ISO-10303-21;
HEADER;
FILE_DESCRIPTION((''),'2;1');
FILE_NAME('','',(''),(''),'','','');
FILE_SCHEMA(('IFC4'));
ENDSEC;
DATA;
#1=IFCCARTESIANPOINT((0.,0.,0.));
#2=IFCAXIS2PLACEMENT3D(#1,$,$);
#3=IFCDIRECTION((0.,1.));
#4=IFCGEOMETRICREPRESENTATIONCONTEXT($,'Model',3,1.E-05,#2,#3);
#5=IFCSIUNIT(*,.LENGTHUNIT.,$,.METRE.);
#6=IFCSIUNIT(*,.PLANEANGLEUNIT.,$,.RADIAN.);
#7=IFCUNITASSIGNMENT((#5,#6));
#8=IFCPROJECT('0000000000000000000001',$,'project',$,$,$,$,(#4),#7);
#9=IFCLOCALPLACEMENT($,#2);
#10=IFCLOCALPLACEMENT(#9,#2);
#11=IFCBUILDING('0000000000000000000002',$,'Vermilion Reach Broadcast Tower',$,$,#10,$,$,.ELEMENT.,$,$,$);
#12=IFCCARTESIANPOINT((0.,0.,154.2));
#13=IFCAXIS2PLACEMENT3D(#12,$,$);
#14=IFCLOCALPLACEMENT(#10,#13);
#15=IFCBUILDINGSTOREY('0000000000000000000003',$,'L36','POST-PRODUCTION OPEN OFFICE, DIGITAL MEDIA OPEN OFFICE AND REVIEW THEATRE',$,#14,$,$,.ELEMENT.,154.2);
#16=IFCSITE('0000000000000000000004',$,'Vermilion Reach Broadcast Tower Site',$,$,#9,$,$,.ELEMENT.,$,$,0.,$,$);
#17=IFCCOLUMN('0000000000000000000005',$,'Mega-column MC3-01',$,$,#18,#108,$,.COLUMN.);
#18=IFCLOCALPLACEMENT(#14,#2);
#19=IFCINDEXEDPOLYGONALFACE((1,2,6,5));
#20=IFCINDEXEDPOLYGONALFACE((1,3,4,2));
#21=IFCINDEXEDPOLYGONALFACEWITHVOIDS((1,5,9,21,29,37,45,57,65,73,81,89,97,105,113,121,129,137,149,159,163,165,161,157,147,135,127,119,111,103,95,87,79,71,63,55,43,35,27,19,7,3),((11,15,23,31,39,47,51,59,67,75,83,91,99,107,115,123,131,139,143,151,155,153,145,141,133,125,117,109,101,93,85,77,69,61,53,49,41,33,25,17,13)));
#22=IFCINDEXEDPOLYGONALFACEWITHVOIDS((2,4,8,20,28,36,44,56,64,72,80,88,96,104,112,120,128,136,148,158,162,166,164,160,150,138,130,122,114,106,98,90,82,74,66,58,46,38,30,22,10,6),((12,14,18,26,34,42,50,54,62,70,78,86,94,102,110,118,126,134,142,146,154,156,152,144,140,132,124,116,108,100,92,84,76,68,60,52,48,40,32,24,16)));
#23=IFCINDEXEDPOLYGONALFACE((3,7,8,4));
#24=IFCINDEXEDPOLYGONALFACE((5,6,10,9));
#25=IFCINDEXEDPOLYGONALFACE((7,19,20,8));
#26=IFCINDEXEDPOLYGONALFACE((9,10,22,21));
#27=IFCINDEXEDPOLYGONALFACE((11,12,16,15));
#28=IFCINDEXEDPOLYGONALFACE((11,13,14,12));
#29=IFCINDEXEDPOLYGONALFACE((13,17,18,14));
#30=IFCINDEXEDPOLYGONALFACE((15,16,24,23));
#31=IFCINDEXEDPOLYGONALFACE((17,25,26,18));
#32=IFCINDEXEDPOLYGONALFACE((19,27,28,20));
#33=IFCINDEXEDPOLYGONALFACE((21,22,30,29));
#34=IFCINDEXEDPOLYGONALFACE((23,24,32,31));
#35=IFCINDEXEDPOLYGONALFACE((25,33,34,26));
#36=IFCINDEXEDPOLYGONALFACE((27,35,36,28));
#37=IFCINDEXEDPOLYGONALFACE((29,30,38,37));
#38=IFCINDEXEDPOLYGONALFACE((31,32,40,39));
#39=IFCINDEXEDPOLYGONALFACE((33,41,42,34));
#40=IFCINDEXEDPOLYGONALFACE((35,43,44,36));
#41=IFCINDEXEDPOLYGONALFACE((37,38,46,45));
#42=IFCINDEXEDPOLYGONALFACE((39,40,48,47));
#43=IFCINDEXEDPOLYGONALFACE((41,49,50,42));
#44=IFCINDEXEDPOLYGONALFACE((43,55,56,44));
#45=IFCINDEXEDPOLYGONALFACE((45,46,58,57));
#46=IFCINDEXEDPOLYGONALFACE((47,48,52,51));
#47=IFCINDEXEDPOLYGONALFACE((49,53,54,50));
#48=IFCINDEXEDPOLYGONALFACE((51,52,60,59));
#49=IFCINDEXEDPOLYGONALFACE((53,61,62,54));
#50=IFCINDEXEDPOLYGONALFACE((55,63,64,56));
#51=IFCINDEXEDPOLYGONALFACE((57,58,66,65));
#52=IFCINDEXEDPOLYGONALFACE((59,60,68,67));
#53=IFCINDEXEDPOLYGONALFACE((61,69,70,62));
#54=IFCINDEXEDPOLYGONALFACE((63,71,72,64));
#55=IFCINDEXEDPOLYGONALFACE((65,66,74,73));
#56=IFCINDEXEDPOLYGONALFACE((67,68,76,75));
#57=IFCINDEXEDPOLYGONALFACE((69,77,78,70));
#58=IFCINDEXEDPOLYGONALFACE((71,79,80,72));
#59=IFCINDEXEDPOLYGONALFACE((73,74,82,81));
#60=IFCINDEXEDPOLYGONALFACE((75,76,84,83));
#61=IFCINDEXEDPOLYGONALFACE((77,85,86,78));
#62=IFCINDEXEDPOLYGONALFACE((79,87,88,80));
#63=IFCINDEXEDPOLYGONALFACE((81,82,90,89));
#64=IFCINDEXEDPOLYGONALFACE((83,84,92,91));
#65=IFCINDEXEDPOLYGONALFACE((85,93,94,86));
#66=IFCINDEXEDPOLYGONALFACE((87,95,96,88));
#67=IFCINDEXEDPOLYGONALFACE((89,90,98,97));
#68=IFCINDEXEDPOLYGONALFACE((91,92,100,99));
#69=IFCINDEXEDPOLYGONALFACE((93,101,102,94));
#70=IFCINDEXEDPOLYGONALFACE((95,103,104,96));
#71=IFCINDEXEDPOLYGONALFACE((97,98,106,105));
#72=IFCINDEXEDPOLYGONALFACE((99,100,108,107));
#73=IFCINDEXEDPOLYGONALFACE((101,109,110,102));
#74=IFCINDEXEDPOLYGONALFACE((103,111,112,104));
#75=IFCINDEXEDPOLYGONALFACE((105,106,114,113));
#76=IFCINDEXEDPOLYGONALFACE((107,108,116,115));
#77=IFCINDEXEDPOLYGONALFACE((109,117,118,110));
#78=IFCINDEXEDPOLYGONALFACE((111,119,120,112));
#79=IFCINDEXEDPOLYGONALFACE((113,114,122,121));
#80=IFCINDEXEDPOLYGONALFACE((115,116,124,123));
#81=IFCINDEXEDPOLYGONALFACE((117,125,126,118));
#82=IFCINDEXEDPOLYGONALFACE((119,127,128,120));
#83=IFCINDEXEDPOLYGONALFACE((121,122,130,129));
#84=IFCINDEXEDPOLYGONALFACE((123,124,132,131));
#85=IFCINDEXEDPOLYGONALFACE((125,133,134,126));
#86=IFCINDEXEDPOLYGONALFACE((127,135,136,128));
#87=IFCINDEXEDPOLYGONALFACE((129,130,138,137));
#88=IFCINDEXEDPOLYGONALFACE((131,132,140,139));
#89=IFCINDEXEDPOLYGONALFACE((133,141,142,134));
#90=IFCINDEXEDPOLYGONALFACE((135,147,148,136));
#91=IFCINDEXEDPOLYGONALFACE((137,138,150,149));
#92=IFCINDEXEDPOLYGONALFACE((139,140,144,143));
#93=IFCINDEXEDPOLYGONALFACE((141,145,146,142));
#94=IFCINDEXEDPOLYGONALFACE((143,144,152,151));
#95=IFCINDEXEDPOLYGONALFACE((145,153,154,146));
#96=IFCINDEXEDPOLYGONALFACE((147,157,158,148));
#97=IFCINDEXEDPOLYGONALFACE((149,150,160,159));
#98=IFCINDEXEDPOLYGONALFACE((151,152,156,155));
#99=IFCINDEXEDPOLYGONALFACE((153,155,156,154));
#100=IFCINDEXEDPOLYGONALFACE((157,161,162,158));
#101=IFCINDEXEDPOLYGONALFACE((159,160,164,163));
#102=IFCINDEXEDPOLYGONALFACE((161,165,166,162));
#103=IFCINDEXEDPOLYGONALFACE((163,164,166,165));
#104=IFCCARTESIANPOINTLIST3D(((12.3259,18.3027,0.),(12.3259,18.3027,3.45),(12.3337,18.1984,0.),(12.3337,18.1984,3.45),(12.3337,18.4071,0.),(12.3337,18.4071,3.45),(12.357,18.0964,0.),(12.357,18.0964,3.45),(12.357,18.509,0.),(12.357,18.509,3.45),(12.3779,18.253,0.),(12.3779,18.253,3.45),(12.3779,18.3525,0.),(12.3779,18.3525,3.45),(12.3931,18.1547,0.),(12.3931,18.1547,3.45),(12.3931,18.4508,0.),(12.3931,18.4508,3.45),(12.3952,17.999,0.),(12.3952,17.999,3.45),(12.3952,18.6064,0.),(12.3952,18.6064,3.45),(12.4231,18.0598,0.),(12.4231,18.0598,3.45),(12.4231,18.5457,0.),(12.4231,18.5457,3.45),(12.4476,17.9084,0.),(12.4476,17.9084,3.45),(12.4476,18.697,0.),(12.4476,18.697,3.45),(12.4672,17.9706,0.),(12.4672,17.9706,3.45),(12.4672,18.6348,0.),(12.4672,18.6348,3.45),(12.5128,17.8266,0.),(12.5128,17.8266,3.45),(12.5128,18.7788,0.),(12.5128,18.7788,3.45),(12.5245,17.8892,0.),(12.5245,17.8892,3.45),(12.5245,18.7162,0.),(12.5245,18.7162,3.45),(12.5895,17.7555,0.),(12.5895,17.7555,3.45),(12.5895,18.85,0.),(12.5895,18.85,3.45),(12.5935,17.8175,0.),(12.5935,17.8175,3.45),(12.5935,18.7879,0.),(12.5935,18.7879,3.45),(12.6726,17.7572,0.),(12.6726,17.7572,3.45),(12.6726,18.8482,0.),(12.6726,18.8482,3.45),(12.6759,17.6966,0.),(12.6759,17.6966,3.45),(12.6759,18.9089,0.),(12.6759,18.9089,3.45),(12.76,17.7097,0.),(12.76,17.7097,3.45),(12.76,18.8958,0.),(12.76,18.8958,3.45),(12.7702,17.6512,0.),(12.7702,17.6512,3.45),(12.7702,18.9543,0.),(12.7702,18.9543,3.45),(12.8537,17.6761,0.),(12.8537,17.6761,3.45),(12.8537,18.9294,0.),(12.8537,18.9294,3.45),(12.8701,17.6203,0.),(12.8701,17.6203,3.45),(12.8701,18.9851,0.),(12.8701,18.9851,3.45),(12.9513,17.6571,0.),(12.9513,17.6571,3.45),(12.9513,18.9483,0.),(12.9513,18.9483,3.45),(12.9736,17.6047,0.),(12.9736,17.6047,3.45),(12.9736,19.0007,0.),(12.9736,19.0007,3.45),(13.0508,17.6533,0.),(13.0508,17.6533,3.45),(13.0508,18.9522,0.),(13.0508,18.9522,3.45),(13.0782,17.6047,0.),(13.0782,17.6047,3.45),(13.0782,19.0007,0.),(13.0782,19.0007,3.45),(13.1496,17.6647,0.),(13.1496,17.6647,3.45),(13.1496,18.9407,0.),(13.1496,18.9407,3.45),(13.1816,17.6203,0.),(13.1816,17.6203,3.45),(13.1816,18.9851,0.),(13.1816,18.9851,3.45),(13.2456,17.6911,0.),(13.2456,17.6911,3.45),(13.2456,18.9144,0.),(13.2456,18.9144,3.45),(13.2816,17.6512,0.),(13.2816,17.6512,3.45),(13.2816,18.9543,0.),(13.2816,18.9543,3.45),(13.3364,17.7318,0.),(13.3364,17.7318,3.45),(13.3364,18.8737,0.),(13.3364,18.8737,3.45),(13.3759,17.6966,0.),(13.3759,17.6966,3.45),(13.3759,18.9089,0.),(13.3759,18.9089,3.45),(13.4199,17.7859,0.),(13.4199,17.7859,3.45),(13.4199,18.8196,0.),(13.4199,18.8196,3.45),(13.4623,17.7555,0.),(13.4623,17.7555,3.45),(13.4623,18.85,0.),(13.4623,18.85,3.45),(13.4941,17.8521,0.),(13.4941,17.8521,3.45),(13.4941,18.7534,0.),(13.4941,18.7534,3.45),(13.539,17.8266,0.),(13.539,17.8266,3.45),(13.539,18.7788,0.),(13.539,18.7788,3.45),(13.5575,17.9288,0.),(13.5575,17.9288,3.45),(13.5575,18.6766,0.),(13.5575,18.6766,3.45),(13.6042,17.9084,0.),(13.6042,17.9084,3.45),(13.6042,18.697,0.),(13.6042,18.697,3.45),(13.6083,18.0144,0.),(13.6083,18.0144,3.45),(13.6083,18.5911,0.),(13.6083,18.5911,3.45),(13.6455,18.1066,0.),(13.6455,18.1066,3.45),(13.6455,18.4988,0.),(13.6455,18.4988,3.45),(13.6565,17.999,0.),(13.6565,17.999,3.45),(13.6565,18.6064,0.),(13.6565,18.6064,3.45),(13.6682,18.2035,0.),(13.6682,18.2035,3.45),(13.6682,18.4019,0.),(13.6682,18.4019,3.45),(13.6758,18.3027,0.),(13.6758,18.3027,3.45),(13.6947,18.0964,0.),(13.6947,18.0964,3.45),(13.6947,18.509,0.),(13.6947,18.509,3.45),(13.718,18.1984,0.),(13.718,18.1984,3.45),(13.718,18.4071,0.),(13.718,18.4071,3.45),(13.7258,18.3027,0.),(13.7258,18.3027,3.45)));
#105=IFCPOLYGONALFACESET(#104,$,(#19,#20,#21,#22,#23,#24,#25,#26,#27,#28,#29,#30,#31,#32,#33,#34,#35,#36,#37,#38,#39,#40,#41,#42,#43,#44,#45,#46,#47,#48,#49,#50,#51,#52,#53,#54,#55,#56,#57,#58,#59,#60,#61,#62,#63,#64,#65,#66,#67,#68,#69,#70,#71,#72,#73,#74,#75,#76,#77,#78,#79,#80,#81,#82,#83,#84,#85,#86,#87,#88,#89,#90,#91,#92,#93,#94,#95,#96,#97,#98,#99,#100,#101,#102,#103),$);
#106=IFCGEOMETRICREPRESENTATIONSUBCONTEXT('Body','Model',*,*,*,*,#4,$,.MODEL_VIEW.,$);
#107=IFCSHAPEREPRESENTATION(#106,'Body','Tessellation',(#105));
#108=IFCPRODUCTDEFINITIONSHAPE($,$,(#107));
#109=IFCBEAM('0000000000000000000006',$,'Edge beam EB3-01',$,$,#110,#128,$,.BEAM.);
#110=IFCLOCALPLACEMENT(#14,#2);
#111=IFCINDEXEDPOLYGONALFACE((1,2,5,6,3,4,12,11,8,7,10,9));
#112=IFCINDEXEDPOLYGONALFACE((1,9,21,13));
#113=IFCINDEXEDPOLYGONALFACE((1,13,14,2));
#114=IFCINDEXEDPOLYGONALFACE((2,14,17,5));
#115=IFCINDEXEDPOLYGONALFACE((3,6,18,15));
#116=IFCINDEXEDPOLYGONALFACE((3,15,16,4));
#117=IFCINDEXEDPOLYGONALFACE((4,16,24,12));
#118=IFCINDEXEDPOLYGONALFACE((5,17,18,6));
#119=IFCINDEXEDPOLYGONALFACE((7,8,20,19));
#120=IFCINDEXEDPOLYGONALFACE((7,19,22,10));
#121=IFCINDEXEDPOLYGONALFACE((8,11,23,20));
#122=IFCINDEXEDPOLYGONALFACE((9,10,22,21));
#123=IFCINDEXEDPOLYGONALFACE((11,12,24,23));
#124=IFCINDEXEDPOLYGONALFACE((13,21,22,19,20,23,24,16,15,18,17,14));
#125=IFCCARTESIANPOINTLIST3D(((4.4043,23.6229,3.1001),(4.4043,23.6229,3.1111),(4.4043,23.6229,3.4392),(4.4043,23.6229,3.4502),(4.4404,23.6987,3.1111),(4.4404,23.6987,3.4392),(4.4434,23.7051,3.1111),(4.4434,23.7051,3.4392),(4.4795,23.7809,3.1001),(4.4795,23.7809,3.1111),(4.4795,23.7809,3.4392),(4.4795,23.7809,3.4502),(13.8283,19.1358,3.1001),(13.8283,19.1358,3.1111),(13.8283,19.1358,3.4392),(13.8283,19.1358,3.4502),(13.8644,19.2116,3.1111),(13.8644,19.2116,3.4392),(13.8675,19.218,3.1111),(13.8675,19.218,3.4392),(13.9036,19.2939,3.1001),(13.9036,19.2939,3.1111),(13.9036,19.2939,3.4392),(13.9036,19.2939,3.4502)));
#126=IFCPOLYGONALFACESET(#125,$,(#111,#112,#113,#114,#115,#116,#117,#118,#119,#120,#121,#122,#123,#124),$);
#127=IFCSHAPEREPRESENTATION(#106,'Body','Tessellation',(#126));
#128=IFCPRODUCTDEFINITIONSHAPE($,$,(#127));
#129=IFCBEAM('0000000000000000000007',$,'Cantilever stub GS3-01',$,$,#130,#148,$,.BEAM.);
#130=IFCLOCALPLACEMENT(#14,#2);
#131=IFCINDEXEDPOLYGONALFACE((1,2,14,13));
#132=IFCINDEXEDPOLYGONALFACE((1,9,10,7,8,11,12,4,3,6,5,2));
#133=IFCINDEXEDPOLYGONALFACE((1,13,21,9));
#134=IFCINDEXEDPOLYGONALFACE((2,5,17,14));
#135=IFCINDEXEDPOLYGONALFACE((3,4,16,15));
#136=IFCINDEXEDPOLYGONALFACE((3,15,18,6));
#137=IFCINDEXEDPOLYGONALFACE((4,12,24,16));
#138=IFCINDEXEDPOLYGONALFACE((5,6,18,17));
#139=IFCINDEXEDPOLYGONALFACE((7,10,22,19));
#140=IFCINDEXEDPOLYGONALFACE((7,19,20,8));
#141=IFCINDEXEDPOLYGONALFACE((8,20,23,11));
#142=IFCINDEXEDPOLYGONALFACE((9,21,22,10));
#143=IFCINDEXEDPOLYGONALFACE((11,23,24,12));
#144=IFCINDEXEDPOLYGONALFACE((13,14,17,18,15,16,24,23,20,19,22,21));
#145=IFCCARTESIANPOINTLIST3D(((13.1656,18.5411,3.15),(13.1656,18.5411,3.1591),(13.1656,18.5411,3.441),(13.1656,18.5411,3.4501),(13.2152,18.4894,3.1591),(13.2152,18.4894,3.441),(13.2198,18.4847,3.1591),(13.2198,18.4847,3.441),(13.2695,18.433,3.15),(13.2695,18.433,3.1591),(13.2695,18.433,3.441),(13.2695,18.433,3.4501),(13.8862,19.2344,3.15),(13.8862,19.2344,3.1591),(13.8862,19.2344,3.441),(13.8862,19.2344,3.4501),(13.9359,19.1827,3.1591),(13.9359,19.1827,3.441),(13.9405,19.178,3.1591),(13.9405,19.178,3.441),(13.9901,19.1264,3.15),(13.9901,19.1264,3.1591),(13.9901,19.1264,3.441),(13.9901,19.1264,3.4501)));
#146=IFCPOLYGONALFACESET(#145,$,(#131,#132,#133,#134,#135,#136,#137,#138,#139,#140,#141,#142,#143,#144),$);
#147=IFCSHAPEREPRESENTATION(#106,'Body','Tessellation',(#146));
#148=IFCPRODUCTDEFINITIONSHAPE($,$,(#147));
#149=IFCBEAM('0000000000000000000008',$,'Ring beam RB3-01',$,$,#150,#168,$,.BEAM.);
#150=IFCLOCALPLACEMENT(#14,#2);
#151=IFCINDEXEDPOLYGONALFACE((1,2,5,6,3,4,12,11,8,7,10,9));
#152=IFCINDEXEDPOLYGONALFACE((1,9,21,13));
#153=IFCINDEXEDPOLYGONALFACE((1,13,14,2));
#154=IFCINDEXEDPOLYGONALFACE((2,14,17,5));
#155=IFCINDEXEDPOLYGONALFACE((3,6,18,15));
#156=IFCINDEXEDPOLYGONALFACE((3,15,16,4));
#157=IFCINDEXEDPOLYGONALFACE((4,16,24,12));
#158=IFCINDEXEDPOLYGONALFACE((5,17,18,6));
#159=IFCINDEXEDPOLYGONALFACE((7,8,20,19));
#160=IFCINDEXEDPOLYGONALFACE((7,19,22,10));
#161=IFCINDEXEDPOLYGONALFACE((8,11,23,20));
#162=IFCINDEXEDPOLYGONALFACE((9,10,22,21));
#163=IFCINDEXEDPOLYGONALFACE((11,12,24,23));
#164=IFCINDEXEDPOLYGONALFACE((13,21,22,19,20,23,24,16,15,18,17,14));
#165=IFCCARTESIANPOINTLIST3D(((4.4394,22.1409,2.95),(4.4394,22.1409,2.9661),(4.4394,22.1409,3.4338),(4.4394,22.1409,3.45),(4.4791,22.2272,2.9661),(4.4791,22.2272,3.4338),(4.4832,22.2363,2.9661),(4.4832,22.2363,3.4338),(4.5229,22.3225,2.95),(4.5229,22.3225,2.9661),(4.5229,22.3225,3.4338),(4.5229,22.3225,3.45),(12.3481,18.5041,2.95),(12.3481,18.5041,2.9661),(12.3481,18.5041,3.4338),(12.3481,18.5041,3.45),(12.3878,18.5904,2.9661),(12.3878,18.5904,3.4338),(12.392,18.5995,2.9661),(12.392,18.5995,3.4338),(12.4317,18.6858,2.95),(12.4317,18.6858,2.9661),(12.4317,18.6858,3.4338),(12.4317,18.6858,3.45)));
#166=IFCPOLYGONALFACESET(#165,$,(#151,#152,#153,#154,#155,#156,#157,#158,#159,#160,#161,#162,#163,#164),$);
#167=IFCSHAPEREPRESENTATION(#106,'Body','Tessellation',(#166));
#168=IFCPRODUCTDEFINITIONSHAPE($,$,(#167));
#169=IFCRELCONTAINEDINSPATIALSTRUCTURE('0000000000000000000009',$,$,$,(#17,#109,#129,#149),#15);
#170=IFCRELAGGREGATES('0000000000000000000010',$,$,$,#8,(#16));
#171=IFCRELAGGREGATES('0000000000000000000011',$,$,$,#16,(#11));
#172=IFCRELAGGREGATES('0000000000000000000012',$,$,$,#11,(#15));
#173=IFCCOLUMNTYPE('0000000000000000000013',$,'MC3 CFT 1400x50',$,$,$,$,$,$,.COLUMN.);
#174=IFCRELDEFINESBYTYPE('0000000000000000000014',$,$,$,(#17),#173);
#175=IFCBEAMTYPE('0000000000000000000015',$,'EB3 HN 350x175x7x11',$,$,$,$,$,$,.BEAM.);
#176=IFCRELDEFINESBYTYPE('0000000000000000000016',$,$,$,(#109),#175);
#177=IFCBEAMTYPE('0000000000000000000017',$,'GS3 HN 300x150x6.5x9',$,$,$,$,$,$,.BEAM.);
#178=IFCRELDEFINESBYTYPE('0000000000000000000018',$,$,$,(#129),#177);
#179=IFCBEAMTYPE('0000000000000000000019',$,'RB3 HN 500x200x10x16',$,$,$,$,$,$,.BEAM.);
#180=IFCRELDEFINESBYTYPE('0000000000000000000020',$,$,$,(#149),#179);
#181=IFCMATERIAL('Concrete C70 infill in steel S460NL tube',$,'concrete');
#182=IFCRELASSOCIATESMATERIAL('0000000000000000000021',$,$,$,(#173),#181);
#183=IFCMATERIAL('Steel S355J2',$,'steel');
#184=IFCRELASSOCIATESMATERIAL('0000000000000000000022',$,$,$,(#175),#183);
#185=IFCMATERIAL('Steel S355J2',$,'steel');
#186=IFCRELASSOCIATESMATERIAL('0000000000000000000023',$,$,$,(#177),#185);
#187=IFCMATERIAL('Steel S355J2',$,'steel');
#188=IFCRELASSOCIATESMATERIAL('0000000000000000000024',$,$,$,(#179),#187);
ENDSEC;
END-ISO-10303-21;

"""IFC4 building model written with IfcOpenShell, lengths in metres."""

from ifc_helpers import new_model, si_unit, direction, frame, origin, origin_2d, place, context, subcontext, project, spatial, hollow_circle, i_section, extrude, material, material_profile, profile_set, type_object, element, save


model = new_model("IFC4")

# Units and contexts
model_context = context("Model", 3, precision=1e-05, world=origin(), true_north=direction((0.0, 1.0)))
body_context = subcontext(model_context, "Body", "Model", "MODEL_VIEW")
ifc_project = project(units=[si_unit("LENGTHUNIT", "METRE"), si_unit("PLANEANGLEUNIT", "RADIAN")], contexts=[model_context])

# Site, building, storey
site_placement = place(None, origin())
site = spatial("IfcSite", under=ifc_project, at=site_placement, Name="Vermilion Reach Broadcast Tower Site", CompositionType="ELEMENT", RefElevation=0.0)
building_placement = place(site_placement, origin())
building = spatial("IfcBuilding", under=site, at=building_placement, Name="Vermilion Reach Broadcast Tower", CompositionType="ELEMENT")
storey_placement = place(building_placement, frame((0.0, 0.0, 154.2)))
storey = spatial("IfcBuildingStorey", under=building, at=storey_placement, Name="L36", Description="POST-PRODUCTION OPEN OFFICE, DIGITAL MEDIA OPEN OFFICE AND REVIEW THEATRE", CompositionType="ELEMENT", Elevation=154.2)

# Column
ifc_material_1 = material(Name="Concrete C70 infill in steel S460NL tube", Category="concrete")
ifc_material_profile_1 = material_profile(ifc_material_1, hollow_circle(Radius=0.7, WallThickness=0.05, at=origin_2d()), Name="Concrete C70 infill in steel S460NL tube CFT 1400x50")
ifc_profile_set_1 = profile_set([ifc_material_profile_1], Name="Concrete C70 infill in steel S460NL tube")
column_type = type_object("IfcColumnType", Name="MC3 CFT 1400x50", PredefinedType="COLUMN", material=ifc_profile_set_1)
column_placement = place(storey_placement, frame((13.0259, 18.3027, 0.0), z_axis=(0.0, 0.0, 1.0), x_axis=(1.0, 0.0, 0.0)))
element("IfcColumn", 1, at=column_placement, inside=storey, type_object=column_type, Name="Mega-column MC3-01", PredefinedType="COLUMN", context=body_context, shape_type="SweptSolid", body=[
    extrude(hollow_circle(Radius=0.7, WallThickness=0.05, at=origin_2d()), origin(), (0.0, 0.0, 1.0), 3.45),
])

# Beams
ifc_material_2 = material(Name="Steel S355J2", Category="steel")
ifc_material_profile_2 = material_profile(ifc_material_2, i_section(OverallWidth=0.175, OverallDepth=0.3501, WebThickness=0.0071, FlangeThickness=0.011, at=origin_2d()), Name="S355J2 HN 350x175x7x11")
ifc_profile_set_2 = profile_set([ifc_material_profile_2], Name="Steel S355J2")
beam_type_1 = type_object("IfcBeamType", Name="EB3 HN 350x175x7x11", PredefinedType="BEAM", material=ifc_profile_set_2)
beam_1_placement = place(storey_placement, frame((13.866, 19.2148, 3.2751), z_axis=(-0.902883, 0.429887, 0.0), x_axis=(-0.429887, -0.902883, 0.0)))
element("IfcBeam", 2, at=beam_1_placement, inside=storey, type_object=beam_type_1, Name="Edge beam EB3-01", PredefinedType="BEAM", context=body_context, shape_type="SweptSolid", body=[
    extrude(i_section(OverallWidth=0.175, OverallDepth=0.3501, WebThickness=0.0071, FlangeThickness=0.011, at=origin_2d()), origin(), (0.0, 0.0, 1.0), 10.4377),
])
ifc_material_3 = material(Name="Steel S355J2", Category="steel")
ifc_material_profile_3 = material_profile(ifc_material_3, i_section(OverallWidth=0.1499, OverallDepth=0.3, WebThickness=0.0066, FlangeThickness=0.009, at=origin_2d()), Name="S355J2 HN 300x150x6.5x9")
ifc_profile_set_3 = profile_set([ifc_material_profile_3], Name="Steel S355J2")
beam_type_2 = type_object("IfcBeamType", Name="GS3 HN 300x150x6.5x9", PredefinedType="BEAM", material=ifc_profile_set_3)
beam_2_placement = place(storey_placement, frame((13.2175, 18.4871, 3.3), z_axis=(0.720645, 0.693304, 0.0), x_axis=(-0.693304, 0.720645, 0.0)))
element("IfcBeam", 3, at=beam_2_placement, inside=storey, type_object=beam_type_2, Name="Cantilever stub GS3-01", PredefinedType="BEAM", context=body_context, shape_type="SweptSolid", body=[
    extrude(i_section(OverallWidth=0.1499, OverallDepth=0.3, WebThickness=0.0066, FlangeThickness=0.009, at=origin_2d()), origin(), (0.0, 0.0, 1.0), 1.0),
])
ifc_material_4 = material(Name="Steel S355J2", Category="steel")
ifc_material_profile_4 = material_profile(ifc_material_4, i_section(OverallWidth=0.2, OverallDepth=0.5, WebThickness=0.01, FlangeThickness=0.0161, at=origin_2d()), Name="S355J2 HN 500x200x10x16")
ifc_profile_set_4 = profile_set([ifc_material_profile_4], Name="Steel S355J2")
beam_type_3 = type_object("IfcBeamType", Name="RB3 HN 500x200x10x16", PredefinedType="BEAM", material=ifc_profile_set_4)
beam_3_placement = place(storey_placement, frame((12.3899, 18.595, 3.2), z_axis=(-0.908546, 0.417784, 0.0), x_axis=(-0.417784, -0.908546, 0.0)))
element("IfcBeam", 4, at=beam_3_placement, inside=storey, type_object=beam_type_3, Name="Ring beam RB3-01", PredefinedType="BEAM", context=body_context, shape_type="SweptSolid", body=[
    extrude(i_section(OverallWidth=0.2, OverallDepth=0.5, WebThickness=0.01, FlangeThickness=0.0161, at=origin_2d()), origin(), (0.0, 0.0, 1.0), 8.7048),
])

save(model, "model.ifc")
